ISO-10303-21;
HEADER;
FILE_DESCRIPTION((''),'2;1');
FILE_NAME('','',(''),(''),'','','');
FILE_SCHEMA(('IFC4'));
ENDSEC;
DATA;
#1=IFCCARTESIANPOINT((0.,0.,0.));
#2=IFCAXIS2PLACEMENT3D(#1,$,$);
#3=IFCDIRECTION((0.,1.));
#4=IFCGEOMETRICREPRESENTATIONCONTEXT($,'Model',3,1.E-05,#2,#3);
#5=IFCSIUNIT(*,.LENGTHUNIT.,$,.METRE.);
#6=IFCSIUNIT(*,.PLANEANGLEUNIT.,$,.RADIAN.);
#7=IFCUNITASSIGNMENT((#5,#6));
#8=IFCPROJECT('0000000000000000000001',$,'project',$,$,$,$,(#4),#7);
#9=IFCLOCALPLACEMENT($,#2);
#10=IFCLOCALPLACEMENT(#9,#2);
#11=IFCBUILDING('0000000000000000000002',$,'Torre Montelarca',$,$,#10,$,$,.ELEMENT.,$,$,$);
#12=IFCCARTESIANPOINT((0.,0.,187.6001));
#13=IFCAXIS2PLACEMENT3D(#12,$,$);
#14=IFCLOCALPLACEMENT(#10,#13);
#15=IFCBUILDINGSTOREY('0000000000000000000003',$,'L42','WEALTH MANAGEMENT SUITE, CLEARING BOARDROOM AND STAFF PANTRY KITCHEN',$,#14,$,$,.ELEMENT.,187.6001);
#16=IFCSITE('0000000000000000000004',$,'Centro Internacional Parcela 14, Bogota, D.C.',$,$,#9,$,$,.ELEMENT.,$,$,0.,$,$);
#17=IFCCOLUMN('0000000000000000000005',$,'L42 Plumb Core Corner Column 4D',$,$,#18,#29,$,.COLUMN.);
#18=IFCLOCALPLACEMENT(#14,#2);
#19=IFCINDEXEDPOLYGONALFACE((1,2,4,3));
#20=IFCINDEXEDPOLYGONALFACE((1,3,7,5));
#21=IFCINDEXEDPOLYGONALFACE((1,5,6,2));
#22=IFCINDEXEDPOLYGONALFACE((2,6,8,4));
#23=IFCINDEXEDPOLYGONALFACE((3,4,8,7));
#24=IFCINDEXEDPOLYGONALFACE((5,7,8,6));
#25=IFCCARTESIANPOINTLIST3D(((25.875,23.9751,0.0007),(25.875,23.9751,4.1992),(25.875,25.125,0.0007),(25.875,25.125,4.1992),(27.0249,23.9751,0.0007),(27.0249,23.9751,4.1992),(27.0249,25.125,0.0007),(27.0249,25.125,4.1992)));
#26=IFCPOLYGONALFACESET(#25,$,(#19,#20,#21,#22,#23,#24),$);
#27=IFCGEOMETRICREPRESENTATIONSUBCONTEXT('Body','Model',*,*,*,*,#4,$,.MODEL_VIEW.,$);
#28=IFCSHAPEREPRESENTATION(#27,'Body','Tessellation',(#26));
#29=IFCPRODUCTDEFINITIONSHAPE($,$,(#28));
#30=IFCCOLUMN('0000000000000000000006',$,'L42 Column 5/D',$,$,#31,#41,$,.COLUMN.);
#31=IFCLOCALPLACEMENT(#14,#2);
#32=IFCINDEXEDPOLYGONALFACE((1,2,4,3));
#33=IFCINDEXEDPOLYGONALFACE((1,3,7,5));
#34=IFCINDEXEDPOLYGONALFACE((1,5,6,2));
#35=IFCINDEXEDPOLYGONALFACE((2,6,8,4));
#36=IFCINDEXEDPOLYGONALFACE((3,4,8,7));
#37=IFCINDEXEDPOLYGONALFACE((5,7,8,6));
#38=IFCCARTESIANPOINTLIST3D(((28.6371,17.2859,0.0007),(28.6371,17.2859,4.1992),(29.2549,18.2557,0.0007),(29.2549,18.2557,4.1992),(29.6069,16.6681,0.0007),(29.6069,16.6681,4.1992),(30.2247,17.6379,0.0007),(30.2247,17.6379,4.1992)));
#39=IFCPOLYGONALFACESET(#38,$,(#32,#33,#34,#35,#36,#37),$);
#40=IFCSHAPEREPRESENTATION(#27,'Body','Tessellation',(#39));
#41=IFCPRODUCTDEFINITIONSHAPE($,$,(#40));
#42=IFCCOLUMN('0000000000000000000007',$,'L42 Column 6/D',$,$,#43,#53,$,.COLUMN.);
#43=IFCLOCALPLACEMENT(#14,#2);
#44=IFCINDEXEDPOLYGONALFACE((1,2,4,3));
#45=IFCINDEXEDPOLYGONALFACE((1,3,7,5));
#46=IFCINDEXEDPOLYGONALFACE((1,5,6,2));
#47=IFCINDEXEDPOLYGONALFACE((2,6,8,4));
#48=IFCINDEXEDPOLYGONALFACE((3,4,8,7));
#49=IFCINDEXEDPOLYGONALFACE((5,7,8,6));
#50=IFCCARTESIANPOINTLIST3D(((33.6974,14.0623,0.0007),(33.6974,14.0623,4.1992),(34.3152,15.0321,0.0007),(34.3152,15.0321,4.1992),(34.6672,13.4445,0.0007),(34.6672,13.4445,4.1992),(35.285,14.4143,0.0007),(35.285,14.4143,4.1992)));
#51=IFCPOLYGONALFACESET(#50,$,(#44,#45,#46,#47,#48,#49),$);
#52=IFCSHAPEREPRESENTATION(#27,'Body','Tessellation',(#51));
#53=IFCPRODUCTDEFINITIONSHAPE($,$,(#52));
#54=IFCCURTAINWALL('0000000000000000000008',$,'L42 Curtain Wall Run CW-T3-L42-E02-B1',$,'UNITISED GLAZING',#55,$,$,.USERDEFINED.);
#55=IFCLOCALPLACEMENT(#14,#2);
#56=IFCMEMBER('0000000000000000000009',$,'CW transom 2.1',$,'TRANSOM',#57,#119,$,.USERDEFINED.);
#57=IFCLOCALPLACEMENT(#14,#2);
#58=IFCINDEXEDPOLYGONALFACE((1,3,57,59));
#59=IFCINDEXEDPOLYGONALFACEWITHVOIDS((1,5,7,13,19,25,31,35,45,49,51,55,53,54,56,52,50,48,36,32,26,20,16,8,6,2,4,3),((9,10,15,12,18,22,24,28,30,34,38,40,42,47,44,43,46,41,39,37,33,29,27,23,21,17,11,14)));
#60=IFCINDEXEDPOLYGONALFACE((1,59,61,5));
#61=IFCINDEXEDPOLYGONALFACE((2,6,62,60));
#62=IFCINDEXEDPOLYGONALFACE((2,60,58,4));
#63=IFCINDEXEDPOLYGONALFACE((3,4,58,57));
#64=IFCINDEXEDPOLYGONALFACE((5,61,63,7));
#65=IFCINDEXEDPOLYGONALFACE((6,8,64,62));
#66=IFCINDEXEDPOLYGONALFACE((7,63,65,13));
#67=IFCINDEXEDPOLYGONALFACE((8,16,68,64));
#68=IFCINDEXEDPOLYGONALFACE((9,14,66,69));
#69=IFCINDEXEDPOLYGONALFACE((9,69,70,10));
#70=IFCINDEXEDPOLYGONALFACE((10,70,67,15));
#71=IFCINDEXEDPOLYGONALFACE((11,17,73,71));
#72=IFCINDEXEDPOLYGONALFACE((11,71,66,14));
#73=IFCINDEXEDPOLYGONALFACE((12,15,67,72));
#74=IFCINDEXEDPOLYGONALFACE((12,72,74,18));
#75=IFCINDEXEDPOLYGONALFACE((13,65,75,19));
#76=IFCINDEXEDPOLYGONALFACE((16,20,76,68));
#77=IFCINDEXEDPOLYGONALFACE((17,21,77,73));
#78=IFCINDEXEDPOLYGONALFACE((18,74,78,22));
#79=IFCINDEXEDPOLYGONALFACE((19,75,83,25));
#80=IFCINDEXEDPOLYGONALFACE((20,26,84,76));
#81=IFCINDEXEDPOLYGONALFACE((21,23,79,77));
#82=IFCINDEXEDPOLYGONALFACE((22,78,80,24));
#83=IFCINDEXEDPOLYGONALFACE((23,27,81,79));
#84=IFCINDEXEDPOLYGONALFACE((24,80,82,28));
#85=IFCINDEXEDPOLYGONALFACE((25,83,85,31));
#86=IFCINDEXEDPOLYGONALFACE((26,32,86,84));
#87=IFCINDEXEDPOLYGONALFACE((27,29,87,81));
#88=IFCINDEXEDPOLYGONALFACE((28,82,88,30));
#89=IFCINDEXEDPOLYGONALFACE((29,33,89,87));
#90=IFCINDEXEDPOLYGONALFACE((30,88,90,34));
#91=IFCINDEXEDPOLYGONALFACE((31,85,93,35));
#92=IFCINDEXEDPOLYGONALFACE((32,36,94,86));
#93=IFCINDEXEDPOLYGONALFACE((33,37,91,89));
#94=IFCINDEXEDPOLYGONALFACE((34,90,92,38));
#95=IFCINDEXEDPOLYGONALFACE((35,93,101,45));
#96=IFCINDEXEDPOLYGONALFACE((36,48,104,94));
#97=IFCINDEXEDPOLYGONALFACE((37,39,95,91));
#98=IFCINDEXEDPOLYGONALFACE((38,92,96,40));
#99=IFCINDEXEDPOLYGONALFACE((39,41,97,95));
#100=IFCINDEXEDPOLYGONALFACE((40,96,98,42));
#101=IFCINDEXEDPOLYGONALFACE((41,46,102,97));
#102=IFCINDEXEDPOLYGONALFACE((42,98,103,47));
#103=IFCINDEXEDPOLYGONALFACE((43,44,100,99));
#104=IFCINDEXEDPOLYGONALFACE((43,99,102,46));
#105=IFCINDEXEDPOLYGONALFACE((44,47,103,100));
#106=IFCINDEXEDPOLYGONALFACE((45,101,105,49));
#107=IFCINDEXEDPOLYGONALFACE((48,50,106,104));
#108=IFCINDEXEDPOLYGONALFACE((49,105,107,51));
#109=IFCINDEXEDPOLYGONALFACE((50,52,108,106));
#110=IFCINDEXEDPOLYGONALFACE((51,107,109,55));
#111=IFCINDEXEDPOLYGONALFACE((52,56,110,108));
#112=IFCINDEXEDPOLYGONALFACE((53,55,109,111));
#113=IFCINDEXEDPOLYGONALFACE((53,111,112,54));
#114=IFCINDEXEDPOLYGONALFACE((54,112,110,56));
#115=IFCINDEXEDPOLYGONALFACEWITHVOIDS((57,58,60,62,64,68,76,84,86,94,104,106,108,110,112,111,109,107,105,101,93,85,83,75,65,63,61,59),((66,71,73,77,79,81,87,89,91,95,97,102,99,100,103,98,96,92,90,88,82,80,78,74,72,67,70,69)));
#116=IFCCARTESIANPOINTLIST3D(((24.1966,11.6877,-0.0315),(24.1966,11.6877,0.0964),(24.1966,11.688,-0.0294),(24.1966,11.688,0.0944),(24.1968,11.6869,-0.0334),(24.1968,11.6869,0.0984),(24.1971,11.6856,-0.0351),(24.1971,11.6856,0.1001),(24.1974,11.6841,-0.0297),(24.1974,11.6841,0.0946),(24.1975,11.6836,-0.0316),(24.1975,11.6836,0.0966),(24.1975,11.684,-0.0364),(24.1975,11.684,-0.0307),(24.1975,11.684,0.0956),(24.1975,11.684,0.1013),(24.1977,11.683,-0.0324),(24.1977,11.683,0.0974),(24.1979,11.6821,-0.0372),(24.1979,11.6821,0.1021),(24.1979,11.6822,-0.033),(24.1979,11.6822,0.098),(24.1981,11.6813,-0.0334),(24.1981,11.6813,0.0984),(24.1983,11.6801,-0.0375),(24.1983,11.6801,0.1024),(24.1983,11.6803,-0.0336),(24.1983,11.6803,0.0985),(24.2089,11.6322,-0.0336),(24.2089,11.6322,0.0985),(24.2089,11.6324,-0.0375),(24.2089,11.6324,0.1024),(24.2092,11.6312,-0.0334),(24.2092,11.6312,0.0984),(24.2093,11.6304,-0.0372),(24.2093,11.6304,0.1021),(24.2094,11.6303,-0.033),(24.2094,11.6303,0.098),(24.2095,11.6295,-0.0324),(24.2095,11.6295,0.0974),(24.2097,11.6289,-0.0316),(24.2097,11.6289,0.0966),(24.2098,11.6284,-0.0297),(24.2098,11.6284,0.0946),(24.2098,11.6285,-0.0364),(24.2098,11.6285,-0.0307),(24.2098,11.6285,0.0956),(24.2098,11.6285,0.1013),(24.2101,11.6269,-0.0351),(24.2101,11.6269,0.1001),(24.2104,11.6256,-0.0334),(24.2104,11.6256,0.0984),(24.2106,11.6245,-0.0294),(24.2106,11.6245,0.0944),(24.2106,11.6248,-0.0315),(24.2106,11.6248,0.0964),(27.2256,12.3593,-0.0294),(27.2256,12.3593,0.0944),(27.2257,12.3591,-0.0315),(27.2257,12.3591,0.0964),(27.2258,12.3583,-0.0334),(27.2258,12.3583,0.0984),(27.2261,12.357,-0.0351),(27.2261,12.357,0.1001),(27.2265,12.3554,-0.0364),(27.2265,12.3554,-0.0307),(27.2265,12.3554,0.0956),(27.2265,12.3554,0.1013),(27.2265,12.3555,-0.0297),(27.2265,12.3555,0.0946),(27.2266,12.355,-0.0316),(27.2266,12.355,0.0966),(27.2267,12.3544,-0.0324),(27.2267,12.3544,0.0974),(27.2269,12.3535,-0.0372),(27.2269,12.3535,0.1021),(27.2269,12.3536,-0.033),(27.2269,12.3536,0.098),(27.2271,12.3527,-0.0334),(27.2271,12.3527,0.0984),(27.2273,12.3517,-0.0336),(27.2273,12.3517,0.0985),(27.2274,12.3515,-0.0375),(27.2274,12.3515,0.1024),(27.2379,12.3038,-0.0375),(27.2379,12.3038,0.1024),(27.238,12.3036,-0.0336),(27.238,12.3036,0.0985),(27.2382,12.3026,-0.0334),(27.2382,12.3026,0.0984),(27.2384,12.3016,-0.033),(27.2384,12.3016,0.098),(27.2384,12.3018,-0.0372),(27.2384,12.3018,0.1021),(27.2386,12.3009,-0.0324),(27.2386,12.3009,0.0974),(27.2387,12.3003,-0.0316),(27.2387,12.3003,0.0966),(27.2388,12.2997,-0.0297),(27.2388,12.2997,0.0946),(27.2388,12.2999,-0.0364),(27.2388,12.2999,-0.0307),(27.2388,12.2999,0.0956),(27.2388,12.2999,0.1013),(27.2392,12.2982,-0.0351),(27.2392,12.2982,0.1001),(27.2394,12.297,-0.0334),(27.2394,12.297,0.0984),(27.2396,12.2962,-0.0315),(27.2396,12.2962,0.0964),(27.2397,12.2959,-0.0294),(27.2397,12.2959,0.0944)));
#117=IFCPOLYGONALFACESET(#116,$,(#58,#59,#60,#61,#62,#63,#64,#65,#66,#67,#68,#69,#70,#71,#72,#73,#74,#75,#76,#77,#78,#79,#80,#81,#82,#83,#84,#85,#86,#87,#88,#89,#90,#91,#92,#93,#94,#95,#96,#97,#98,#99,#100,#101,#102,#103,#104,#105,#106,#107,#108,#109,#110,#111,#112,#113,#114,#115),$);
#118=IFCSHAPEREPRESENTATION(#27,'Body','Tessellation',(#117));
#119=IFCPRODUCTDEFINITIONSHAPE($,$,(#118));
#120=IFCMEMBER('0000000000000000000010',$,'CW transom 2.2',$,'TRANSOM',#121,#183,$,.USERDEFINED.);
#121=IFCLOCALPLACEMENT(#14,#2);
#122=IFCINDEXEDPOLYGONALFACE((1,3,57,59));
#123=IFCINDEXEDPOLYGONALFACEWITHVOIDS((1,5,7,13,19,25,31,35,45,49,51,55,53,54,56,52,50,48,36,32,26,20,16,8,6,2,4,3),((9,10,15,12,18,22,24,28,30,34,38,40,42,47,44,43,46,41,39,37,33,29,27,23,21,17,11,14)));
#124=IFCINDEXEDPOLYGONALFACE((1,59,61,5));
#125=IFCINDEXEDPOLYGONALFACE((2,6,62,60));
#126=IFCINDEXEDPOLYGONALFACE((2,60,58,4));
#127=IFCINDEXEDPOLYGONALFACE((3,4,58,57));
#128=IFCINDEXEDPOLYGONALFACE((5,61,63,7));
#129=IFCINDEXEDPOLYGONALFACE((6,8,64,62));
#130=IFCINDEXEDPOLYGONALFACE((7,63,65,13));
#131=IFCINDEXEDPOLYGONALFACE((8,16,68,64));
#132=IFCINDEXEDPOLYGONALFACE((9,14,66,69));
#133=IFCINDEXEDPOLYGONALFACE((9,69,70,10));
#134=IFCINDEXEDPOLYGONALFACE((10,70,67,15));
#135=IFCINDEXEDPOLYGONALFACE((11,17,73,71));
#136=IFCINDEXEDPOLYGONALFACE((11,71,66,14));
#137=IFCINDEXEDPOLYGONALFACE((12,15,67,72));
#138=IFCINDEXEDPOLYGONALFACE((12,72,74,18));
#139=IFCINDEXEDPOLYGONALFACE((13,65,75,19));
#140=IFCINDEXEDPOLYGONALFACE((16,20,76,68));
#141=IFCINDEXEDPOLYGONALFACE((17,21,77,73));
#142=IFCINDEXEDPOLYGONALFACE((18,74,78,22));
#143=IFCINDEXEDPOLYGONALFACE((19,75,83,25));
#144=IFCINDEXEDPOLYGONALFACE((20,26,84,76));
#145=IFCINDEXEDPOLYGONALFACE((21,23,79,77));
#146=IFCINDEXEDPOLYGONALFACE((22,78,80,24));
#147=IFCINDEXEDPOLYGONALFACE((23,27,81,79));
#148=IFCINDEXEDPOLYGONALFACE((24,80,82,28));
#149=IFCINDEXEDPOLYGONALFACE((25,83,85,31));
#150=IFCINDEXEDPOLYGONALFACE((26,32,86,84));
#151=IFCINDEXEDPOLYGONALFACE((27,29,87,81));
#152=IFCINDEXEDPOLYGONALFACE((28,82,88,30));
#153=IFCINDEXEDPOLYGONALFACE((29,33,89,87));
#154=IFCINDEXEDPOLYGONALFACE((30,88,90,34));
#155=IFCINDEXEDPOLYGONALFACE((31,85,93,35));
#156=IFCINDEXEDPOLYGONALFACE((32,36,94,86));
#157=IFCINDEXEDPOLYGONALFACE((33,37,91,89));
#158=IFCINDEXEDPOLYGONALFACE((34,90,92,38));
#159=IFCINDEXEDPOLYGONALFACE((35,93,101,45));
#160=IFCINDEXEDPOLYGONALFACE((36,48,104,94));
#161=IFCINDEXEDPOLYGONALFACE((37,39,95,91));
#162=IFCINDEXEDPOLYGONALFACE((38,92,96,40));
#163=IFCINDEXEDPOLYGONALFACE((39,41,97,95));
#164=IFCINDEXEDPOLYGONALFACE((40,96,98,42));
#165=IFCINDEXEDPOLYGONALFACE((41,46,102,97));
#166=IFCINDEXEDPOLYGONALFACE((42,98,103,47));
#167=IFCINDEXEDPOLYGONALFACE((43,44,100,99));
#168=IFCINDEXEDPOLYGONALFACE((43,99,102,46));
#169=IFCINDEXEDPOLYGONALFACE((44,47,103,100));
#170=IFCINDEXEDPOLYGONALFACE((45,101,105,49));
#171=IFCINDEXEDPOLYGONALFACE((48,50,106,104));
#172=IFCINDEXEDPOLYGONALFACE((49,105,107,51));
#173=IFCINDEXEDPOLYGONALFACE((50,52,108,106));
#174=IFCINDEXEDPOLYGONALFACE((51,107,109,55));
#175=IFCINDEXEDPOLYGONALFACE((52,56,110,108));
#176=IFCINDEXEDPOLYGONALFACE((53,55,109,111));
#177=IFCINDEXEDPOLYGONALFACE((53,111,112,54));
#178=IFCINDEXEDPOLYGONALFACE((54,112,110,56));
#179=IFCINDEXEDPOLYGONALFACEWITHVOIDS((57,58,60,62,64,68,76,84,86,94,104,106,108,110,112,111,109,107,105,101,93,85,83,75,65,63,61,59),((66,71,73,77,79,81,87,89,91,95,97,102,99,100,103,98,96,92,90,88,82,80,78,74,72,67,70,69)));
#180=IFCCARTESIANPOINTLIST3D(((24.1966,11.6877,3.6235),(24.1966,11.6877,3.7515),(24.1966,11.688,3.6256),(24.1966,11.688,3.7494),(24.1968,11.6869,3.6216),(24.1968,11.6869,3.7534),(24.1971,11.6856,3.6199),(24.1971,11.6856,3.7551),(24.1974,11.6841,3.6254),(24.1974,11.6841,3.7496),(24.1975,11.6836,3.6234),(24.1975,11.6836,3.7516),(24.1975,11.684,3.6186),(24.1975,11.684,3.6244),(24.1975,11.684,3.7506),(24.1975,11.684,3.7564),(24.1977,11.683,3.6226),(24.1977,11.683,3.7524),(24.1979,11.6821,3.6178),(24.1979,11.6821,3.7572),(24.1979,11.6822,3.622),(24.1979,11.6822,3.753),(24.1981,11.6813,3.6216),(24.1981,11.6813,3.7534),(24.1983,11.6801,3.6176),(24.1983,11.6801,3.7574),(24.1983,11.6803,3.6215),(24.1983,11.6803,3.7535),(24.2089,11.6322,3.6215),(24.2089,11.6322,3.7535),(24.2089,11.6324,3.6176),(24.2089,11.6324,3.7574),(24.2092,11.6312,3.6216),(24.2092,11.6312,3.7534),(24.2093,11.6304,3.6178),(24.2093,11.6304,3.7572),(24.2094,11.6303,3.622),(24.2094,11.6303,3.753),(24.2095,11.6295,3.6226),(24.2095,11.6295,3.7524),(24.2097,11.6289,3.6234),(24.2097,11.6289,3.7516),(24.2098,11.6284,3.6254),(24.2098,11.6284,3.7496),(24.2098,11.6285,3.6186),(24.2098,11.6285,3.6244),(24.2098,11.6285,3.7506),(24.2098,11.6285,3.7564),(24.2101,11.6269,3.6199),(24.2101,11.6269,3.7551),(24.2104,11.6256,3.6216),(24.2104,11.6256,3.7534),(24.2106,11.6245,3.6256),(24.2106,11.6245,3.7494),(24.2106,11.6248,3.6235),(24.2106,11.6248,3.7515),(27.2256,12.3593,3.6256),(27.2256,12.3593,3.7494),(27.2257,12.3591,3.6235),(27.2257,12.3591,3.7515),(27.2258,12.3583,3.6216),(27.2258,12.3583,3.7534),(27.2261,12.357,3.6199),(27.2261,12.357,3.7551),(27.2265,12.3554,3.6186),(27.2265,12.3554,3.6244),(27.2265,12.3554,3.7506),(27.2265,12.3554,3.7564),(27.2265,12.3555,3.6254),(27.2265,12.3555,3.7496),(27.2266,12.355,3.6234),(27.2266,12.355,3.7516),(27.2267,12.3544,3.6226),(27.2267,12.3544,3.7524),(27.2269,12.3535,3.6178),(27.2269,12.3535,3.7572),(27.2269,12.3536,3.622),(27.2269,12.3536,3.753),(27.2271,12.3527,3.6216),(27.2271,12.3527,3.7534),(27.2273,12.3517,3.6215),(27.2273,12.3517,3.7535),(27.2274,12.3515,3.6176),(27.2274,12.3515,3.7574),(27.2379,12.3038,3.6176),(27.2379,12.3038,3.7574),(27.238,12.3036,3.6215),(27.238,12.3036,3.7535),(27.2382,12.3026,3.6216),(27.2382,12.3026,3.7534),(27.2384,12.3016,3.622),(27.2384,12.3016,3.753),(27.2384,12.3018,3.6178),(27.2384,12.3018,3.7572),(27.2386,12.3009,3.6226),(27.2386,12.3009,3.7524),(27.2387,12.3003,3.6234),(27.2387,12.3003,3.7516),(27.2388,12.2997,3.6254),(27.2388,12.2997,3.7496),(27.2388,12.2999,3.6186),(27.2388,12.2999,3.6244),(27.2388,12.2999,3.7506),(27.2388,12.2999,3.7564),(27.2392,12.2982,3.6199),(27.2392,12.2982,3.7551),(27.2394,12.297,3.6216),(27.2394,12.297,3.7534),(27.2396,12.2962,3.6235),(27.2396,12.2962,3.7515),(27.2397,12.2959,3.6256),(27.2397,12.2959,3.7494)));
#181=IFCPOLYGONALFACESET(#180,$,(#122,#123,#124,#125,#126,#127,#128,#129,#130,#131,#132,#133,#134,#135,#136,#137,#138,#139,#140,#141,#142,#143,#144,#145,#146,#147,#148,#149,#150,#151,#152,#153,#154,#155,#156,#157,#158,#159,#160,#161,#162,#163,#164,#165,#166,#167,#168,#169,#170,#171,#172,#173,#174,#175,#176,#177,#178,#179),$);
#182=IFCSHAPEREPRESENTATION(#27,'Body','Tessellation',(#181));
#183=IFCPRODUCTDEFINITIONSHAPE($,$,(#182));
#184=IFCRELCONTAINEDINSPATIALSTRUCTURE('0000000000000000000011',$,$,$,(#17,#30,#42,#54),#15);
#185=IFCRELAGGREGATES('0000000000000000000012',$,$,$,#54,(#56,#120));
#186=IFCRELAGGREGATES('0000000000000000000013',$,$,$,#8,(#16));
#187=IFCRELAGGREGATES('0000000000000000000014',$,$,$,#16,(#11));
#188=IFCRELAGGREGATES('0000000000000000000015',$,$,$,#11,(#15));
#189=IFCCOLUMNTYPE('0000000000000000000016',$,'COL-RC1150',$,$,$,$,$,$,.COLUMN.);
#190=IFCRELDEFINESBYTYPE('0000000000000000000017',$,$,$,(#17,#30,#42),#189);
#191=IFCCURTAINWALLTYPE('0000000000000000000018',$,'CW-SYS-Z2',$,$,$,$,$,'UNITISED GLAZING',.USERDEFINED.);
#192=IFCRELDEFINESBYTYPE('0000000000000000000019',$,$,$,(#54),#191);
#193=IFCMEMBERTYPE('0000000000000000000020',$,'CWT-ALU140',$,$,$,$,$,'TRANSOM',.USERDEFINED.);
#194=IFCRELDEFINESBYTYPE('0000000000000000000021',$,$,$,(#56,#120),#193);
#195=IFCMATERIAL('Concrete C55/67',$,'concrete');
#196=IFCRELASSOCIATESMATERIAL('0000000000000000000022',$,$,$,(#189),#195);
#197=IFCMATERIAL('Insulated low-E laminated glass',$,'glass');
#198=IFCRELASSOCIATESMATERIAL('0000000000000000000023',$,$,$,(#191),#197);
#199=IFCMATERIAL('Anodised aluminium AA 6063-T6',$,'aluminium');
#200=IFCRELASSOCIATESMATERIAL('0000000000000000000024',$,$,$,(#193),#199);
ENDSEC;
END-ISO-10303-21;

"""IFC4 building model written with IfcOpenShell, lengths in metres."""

from ifc_helpers import new_model, si_unit, direction, frame, origin, origin_2d, place, context, subcontext, project, spatial, rectangle, hollow_rectangle, extrude, source, transform, mapped, material, material_profile, profile_set, type_object, element, aggregate, save


model = new_model("IFC4")

# Units and contexts
model_context = context("Model", 3, precision=1e-05, world=origin(), true_north=direction((0.0, 1.0)))
body_context = subcontext(model_context, "Body", "Model", "MODEL_VIEW")
ifc_project = project(units=[si_unit("LENGTHUNIT", "METRE"), si_unit("PLANEANGLEUNIT", "RADIAN")], contexts=[model_context])

# Site, building, storey
site_placement = place(None, origin())
site = spatial("IfcSite", under=ifc_project, at=site_placement, Name="Centro Internacional Parcela 14, Bogota, D.C.", CompositionType="ELEMENT", RefElevation=0.0)
building_placement = place(site_placement, origin())
building = spatial("IfcBuilding", under=site, at=building_placement, Name="Torre Montelarca", CompositionType="ELEMENT")
storey_placement = place(building_placement, frame((0.0, 0.0, 187.6001)))
storey = spatial("IfcBuildingStorey", under=building, at=storey_placement, Name="L42", Description="WEALTH MANAGEMENT SUITE, CLEARING BOARDROOM AND STAFF PANTRY KITCHEN", CompositionType="ELEMENT", Elevation=187.6001)

# Columns
ifc_material_1 = material(Name="Concrete C55/67", Category="concrete")
ifc_material_profile_1 = material_profile(ifc_material_1, rectangle(XDim=1.1499, YDim=1.1499, at=origin_2d()), Name="RC1150X1150", Category="concrete")
ifc_profile_set_1 = profile_set([ifc_material_profile_1], Name="Concrete C55/67")
column_type = type_object("IfcColumnType", Name="COL-RC1150", PredefinedType="COLUMN", material=ifc_profile_set_1)
shared_shape_1 = source(origin(), body_context, "Body", "SweptSolid", [
    extrude(rectangle(XDim=1.1499, YDim=1.1499, at=origin_2d()), origin(), (0.0, 0.0, 1.0), 4.1985),
])
for number, where, z_axis, x_axis, name in (
    (1, (26.45, 24.55, 0.0007), (0.0, 0.0, 1.0), (1.0, 0.0, 0.0), "L42 Plumb Core Corner Column 4D"),
    (2, (29.4309, 17.4619, 0.0007), (0.0, 0.0, 1.0), (-0.843391, 0.5373, 0.0), "L42 Column 5/D"),
    (3, (34.4912, 14.2383, 0.0007), (0.0, 0.0, 1.0), (-0.843391, 0.5373, 0.0), "L42 Column 6/D"),
):
    element("IfcColumn", number, at=place(storey_placement, frame(where, z_axis=z_axis, x_axis=x_axis)), inside=storey, type_object=column_type, Name=name, PredefinedType="COLUMN", context=body_context, shape_type="MappedRepresentation", body=[
        mapped(shared_shape_1, transform((0.0, 0.0, 0.0), scale=1.0)),
    ])

# Curtain wall, members
ifc_material_2 = material(Name="Insulated low-E laminated glass", Category="glass")
curtain_wall_type = type_object("IfcCurtainWallType", Name="CW-SYS-Z2", ElementType="UNITISED GLAZING", PredefinedType="USERDEFINED", material=ifc_material_2)
curtain_wall_1_placement = place(storey_placement, origin())
curtain_wall_1 = element("IfcCurtainWall", 4, at=curtain_wall_1_placement, inside=storey, type_object=curtain_wall_type, Name="L42 Curtain Wall Run CW-T3-L42-E02-B1", ObjectType="UNITISED GLAZING", PredefinedType="USERDEFINED")
ifc_material_3 = material(Name="Anodised aluminium AA 6063-T6", Category="aluminium")
ifc_material_profile_2 = material_profile(ifc_material_3, hollow_rectangle(XDim=0.0649, YDim=0.1399, WallThickness=0.0039, InnerFilletRadius=0.0039, OuterFilletRadius=0.0081, at=origin_2d()), Name="ALU65X140X4", Category="aluminium")
ifc_profile_set_2 = profile_set([ifc_material_profile_2], Name="Anodised aluminium AA 6063-T6")
member_type_1 = type_object("IfcMemberType", Name="CWT-ALU140", ElementType="TRANSOM", PredefinedType="USERDEFINED", material=ifc_profile_set_2)
shared_shape_2 = source(origin(), body_context, "Body", "SweptSolid", [
    extrude(hollow_rectangle(XDim=0.0649, YDim=0.1399, WallThickness=0.0039, InnerFilletRadius=0.0039, OuterFilletRadius=0.0081, at=origin_2d()), origin(), (0.0, 0.0, 1.0), 3.1025),
])
member_1_placement = place(storey_placement, frame((24.2036, 11.6562, 0.0325), z_axis=(0.976305, 0.216397, 0.0), x_axis=(-0.216397, 0.976305, 0.0)))
member_1 = element("IfcMember", 5, at=member_1_placement, type_object=member_type_1, Name="CW transom 2.1", ObjectType="TRANSOM", PredefinedType="USERDEFINED", context=body_context, shape_type="MappedRepresentation", body=[
    mapped(shared_shape_2, transform((0.0, 0.0, 0.0), scale=1.0)),
])
member_2_placement = place(storey_placement, frame((24.2036, 11.6562, 3.6875), z_axis=(0.976305, 0.216397, 0.0), x_axis=(-0.216397, 0.976305, 0.0)))
member_2 = element("IfcMember", 6, at=member_2_placement, type_object=member_type_1, Name="CW transom 2.2", ObjectType="TRANSOM", PredefinedType="USERDEFINED", context=body_context, shape_type="MappedRepresentation", body=[
    mapped(shared_shape_2, transform((0.0, 0.0, 0.0), scale=1.0)),
])

aggregate(curtain_wall_1, [member_1, member_2])

save(model, "model.ifc")
